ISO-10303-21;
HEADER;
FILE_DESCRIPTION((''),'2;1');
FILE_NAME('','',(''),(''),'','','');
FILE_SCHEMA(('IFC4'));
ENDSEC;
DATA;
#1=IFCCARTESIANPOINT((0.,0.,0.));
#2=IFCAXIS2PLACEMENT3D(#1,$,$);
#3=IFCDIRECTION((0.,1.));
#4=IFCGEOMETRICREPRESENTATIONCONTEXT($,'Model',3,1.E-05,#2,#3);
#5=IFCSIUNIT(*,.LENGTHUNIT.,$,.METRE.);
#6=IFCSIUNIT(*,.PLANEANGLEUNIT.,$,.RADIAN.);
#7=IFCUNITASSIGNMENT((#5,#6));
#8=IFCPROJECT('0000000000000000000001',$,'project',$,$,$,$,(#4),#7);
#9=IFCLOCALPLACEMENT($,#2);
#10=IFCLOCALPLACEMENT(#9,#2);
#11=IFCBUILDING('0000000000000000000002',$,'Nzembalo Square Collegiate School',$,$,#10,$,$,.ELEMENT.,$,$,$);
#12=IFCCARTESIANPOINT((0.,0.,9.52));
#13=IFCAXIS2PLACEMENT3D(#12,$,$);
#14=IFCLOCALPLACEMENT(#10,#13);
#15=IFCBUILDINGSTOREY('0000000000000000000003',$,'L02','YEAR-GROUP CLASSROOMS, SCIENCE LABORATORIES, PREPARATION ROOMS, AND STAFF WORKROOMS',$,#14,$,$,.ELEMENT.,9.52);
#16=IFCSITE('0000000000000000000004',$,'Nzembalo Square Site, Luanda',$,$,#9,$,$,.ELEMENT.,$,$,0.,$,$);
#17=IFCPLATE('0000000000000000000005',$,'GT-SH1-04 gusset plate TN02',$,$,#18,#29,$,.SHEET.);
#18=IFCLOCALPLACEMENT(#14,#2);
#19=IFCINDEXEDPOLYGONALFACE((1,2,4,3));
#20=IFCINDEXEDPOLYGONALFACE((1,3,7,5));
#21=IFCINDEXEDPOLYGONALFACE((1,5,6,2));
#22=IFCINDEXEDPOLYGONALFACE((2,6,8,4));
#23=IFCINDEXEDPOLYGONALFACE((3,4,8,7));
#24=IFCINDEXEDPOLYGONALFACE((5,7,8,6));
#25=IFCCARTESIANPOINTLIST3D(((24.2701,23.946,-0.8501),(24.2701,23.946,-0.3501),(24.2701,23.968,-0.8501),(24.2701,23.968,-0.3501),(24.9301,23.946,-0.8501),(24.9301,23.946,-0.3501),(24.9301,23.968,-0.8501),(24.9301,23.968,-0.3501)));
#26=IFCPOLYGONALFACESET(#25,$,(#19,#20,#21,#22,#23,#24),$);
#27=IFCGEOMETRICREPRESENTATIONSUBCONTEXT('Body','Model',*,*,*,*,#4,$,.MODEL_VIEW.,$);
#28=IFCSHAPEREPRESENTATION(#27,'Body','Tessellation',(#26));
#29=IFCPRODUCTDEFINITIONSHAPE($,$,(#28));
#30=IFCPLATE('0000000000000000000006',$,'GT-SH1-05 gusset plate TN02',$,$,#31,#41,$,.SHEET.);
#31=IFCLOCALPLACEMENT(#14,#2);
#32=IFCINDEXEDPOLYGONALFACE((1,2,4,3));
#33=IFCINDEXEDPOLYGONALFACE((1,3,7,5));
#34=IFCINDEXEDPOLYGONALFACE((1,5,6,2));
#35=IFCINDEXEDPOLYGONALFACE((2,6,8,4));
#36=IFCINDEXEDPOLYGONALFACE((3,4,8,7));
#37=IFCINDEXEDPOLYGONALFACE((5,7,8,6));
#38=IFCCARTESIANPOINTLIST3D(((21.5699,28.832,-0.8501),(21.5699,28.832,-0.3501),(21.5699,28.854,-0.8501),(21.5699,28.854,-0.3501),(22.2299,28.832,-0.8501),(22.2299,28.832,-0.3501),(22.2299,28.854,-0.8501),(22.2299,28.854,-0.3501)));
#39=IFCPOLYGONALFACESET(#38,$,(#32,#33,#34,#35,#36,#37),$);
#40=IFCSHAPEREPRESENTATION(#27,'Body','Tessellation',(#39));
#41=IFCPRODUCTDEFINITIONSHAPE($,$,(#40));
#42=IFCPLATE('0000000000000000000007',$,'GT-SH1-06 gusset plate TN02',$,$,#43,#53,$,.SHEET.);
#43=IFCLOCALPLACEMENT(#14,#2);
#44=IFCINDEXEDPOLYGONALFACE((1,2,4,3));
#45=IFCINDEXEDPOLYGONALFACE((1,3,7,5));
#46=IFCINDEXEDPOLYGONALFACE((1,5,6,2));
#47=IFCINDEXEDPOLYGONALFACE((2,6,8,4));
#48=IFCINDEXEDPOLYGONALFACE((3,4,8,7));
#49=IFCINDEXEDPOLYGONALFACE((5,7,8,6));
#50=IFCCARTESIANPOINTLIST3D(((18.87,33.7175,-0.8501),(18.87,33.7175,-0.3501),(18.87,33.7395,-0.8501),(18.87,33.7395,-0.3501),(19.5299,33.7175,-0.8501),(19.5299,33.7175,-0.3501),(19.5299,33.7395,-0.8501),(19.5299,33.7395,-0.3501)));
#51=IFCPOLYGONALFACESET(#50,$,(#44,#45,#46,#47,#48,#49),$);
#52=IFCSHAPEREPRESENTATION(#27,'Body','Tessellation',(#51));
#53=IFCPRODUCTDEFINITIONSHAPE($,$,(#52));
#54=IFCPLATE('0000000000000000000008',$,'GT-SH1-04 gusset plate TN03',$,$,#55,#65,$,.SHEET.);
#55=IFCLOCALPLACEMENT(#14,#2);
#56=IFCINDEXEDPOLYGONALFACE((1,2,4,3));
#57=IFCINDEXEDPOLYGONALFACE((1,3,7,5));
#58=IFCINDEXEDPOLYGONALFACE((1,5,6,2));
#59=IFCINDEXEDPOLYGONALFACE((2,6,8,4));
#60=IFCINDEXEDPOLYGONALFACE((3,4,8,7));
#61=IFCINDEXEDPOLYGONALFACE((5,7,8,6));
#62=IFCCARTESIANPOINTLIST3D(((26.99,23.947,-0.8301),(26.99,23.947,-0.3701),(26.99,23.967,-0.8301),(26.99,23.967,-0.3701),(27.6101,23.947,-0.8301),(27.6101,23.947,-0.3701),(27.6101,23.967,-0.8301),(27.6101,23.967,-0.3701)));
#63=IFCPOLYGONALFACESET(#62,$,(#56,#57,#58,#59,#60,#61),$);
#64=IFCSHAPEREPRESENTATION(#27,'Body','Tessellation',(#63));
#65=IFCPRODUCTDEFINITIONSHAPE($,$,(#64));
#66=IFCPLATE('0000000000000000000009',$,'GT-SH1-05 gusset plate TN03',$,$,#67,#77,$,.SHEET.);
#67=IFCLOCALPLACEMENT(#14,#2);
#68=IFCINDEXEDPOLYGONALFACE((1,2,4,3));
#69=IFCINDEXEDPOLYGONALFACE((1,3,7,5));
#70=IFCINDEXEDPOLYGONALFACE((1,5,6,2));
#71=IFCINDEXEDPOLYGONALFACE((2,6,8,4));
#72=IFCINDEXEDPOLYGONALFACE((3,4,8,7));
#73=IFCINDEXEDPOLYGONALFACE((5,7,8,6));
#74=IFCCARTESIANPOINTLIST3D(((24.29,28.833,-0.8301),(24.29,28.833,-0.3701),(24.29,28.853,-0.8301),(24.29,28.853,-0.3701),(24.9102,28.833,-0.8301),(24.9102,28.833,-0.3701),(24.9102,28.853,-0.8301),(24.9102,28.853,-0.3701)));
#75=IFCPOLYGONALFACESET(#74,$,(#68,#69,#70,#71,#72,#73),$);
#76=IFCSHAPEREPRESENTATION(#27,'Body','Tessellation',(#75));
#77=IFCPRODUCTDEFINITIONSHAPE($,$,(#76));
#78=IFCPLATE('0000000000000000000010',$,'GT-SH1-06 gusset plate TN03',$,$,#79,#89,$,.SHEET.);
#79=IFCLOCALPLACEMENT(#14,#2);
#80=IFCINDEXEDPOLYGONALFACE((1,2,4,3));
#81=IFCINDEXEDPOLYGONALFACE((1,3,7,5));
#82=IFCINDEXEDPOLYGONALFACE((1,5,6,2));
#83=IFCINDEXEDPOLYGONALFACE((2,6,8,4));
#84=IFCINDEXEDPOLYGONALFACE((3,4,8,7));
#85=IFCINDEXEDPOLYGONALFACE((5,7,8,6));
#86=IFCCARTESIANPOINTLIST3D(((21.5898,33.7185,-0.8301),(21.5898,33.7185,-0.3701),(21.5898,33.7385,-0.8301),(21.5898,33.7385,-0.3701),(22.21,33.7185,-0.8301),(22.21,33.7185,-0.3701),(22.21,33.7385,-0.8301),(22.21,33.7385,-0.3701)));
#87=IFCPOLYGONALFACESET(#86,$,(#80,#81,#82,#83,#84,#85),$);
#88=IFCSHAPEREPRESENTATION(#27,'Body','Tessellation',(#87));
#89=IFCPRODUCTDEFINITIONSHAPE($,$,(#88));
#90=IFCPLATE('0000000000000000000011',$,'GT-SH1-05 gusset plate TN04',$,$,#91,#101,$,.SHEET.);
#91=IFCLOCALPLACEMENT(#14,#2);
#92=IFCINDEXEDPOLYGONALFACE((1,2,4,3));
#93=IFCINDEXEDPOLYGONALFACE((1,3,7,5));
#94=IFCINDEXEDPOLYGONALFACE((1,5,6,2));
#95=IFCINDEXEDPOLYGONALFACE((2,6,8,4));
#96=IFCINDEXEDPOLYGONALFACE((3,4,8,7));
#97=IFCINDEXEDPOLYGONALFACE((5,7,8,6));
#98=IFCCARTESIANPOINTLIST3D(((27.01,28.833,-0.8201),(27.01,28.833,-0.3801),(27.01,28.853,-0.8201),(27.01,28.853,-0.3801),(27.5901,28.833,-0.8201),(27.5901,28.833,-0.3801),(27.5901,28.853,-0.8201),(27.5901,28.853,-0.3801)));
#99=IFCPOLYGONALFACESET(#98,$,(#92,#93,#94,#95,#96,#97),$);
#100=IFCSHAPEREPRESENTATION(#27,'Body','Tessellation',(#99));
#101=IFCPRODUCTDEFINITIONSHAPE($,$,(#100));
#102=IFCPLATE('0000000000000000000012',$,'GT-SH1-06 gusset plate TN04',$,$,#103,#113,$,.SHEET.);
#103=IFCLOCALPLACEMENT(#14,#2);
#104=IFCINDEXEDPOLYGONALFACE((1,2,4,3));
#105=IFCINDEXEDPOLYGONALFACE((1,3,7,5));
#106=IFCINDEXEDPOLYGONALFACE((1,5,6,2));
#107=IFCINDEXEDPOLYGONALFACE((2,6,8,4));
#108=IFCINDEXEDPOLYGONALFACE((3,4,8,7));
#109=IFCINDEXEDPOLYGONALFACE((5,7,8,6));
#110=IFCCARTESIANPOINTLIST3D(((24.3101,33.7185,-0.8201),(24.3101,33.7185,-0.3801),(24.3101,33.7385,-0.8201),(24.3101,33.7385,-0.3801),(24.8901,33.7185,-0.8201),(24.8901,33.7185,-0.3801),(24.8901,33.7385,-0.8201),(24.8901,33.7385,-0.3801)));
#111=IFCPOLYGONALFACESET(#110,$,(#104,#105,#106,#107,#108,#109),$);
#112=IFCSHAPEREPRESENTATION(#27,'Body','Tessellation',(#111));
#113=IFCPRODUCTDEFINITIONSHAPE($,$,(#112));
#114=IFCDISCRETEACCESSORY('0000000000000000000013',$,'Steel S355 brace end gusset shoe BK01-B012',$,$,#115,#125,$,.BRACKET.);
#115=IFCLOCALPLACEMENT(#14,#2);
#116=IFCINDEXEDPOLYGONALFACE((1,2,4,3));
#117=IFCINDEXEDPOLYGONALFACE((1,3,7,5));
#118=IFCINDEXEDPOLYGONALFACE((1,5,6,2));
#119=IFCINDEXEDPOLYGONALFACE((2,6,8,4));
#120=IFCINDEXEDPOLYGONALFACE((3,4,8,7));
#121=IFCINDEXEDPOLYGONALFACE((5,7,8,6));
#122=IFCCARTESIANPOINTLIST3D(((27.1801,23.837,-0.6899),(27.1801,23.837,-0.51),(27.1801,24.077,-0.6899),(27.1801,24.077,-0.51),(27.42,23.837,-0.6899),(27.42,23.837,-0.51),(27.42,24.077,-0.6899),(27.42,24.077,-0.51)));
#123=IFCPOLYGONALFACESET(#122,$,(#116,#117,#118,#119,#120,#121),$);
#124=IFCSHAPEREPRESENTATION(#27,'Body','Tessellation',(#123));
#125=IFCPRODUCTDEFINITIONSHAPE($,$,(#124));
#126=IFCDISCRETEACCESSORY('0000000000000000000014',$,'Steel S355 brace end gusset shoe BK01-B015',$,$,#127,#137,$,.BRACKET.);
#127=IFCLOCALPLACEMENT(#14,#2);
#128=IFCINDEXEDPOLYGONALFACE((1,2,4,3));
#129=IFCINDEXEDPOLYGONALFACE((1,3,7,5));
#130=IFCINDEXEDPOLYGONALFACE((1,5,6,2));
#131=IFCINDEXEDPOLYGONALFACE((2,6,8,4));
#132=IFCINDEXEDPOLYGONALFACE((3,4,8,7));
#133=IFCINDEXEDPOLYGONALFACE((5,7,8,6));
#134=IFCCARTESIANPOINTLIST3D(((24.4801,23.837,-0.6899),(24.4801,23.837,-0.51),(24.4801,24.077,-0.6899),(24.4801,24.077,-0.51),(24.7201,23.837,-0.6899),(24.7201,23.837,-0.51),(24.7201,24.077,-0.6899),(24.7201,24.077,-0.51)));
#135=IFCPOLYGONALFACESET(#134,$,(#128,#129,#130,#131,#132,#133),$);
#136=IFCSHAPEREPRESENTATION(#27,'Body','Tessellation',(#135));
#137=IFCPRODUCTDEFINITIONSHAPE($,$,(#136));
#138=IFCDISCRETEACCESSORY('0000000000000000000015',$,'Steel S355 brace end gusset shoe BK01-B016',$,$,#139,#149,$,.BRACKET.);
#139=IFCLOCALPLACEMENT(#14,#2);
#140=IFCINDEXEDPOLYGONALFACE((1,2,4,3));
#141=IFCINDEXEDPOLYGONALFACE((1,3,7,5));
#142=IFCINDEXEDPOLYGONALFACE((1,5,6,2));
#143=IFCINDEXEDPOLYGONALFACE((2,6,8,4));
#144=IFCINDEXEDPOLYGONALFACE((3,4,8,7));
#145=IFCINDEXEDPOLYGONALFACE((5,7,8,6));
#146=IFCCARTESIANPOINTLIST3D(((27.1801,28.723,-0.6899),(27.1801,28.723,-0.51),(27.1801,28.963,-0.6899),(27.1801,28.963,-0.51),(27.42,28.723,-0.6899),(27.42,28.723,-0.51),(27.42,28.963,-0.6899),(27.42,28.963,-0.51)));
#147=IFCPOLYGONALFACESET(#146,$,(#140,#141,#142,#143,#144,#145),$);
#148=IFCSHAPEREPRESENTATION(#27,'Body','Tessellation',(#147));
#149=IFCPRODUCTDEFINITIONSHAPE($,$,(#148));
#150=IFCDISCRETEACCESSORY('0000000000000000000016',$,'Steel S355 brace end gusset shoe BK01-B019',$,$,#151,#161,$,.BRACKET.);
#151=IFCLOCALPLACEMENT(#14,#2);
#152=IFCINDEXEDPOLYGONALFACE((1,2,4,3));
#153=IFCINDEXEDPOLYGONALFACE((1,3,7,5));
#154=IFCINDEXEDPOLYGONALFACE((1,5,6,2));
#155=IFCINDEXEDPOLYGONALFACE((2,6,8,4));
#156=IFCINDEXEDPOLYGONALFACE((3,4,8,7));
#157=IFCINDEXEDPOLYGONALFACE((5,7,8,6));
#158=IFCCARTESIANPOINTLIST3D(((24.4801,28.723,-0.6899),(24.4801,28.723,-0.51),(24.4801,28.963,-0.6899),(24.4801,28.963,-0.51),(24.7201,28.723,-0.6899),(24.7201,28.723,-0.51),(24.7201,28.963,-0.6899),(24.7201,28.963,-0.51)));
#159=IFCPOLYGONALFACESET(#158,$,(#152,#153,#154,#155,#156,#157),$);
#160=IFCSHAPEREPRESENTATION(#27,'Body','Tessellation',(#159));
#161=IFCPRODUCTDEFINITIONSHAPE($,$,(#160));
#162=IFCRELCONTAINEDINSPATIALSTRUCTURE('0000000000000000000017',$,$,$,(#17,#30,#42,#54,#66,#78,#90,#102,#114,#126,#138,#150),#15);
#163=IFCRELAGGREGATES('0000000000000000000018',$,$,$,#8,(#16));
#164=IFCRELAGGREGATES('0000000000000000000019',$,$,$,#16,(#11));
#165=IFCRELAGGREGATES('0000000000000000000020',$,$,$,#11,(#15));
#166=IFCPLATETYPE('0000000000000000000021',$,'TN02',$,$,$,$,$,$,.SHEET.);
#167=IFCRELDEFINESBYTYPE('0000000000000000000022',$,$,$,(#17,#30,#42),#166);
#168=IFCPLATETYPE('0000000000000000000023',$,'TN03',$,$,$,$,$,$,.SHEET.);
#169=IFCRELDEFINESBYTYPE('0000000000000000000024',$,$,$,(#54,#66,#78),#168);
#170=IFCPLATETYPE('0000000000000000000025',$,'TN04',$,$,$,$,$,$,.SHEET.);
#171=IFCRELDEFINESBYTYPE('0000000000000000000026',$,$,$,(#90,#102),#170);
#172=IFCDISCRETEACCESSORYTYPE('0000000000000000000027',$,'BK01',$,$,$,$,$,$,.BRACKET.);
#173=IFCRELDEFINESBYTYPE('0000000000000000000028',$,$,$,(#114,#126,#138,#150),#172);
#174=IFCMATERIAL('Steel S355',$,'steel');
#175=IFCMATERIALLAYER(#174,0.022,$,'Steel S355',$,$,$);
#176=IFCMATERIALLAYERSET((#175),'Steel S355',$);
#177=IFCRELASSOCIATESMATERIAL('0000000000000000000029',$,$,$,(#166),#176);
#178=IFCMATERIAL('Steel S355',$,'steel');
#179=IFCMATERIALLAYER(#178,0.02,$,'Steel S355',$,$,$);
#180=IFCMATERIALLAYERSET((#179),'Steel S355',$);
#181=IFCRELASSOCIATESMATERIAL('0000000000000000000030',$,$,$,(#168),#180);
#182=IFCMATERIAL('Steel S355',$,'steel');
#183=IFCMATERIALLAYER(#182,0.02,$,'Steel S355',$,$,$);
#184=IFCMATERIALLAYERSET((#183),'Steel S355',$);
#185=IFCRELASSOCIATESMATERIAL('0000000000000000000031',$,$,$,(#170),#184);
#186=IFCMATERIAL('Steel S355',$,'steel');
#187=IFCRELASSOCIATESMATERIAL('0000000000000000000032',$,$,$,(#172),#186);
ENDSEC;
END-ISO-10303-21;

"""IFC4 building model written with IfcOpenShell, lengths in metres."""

from ifc_helpers import new_model, si_unit, direction, frame, origin, origin_2d, place, context, subcontext, project, spatial, rectangle, extrude, material, layer, layer_set, type_object, element, save


model = new_model("IFC4")

# Units and contexts
model_context = context("Model", 3, precision=1e-05, world=origin(), true_north=direction((0.0, 1.0)))
body_context = subcontext(model_context, "Body", "Model", "MODEL_VIEW")
ifc_project = project(units=[si_unit("LENGTHUNIT", "METRE"), si_unit("PLANEANGLEUNIT", "RADIAN")], contexts=[model_context])

# Site, building, storey
site_placement = place(None, origin())
site = spatial("IfcSite", under=ifc_project, at=site_placement, Name="Nzembalo Square Site, Luanda", CompositionType="ELEMENT", RefElevation=0.0)
building_placement = place(site_placement, origin())
building = spatial("IfcBuilding", under=site, at=building_placement, Name="Nzembalo Square Collegiate School", CompositionType="ELEMENT")
storey_placement = place(building_placement, frame((0.0, 0.0, 9.52)))
storey = spatial("IfcBuildingStorey", under=building, at=storey_placement, Name="L02", Description="YEAR-GROUP CLASSROOMS, SCIENCE LABORATORIES, PREPARATION ROOMS, AND STAFF WORKROOMS", CompositionType="ELEMENT", Elevation=9.52)

# Plates
ifc_material_1 = material(Name="Steel S355", Category="steel")
ifc_layer_1 = layer(ifc_material_1, 0.022, Name="Steel S355")
ifc_layer_set_1 = layer_set([ifc_layer_1], Name="Steel S355")
plate_type_1 = type_object("IfcPlateType", Name="TN02", PredefinedType="SHEET", material=ifc_layer_set_1)
for number, where, z_axis, x_axis, name in (
    (1, (24.6001, 23.957, -0.8501), (0.0, 0.0, 1.0), (1.0, 0.0, 0.0), "GT-SH1-04 gusset plate TN02"),
    (2, (21.8999, 28.843, -0.8501), (0.0, 0.0, 1.0), (1.0, 0.0, 0.0), "GT-SH1-05 gusset plate TN02"),
    (3, (19.2, 33.7285, -0.8501), (0.0, 0.0, 1.0), (1.0, 0.0, 0.0), "GT-SH1-06 gusset plate TN02"),
):
    element("IfcPlate", number, at=place(storey_placement, frame(where, z_axis=z_axis, x_axis=x_axis)), inside=storey, type_object=plate_type_1, Name=name, PredefinedType="SHEET", context=body_context, shape_type="SweptSolid", body=[
        extrude(rectangle(XDim=0.6599, YDim=0.022, at=origin_2d()), origin(), (0.0, 0.0, 1.0), 0.5),
    ])
ifc_material_2 = material(Name="Steel S355", Category="steel")
ifc_layer_2 = layer(ifc_material_2, 0.02, Name="Steel S355")
ifc_layer_set_2 = layer_set([ifc_layer_2], Name="Steel S355")
plate_type_2 = type_object("IfcPlateType", Name="TN03", PredefinedType="SHEET", material=ifc_layer_set_2)
for number, where, z_axis, x_axis, name in (
    (4, (27.3, 23.957, -0.8301), (0.0, 0.0, 1.0), (1.0, 0.0, 0.0), "GT-SH1-04 gusset plate TN03"),
    (5, (24.6001, 28.843, -0.8301), (0.0, 0.0, 1.0), (1.0, 0.0, 0.0), "GT-SH1-05 gusset plate TN03"),
    (6, (21.8999, 33.7285, -0.8301), (0.0, 0.0, 1.0), (1.0, 0.0, 0.0), "GT-SH1-06 gusset plate TN03"),
):
    element("IfcPlate", number, at=place(storey_placement, frame(where, z_axis=z_axis, x_axis=x_axis)), inside=storey, type_object=plate_type_2, Name=name, PredefinedType="SHEET", context=body_context, shape_type="SweptSolid", body=[
        extrude(rectangle(XDim=0.6201, YDim=0.02, at=origin_2d()), origin(), (0.0, 0.0, 1.0), 0.46),
    ])
ifc_material_3 = material(Name="Steel S355", Category="steel")
ifc_layer_3 = layer(ifc_material_3, 0.02, Name="Steel S355")
ifc_layer_set_3 = layer_set([ifc_layer_3], Name="Steel S355")
plate_type_3 = type_object("IfcPlateType", Name="TN04", PredefinedType="SHEET", material=ifc_layer_set_3)
for number, where, z_axis, x_axis, name in (
    (7, (27.3, 28.843, -0.8201), (0.0, 0.0, 1.0), (1.0, 0.0, 0.0), "GT-SH1-05 gusset plate TN04"),
    (8, (24.6001, 33.7285, -0.8201), (0.0, 0.0, 1.0), (1.0, 0.0, 0.0), "GT-SH1-06 gusset plate TN04"),
):
    element("IfcPlate", number, at=place(storey_placement, frame(where, z_axis=z_axis, x_axis=x_axis)), inside=storey, type_object=plate_type_3, Name=name, PredefinedType="SHEET", context=body_context, shape_type="SweptSolid", body=[
        extrude(rectangle(XDim=0.5801, YDim=0.02, at=origin_2d()), origin(), (0.0, 0.0, 1.0), 0.4399),
    ])

# Discrete accessories
ifc_material_4 = material(Name="Steel S355", Category="steel")
discrete_accessory_type = type_object("IfcDiscreteAccessoryType", Name="BK01", PredefinedType="BRACKET", material=ifc_material_4)
for number, where, z_axis, x_axis, name in (
    (9, (27.3, 23.957, -0.6899), (0.0, 0.0, 1.0), (1.0, 0.0, 0.0), "Steel S355 brace end gusset shoe BK01-B012"),
    (10, (24.6001, 23.957, -0.6899), (0.0, 0.0, 1.0), (1.0, 0.0, 0.0), "Steel S355 brace end gusset shoe BK01-B015"),
    (11, (27.3, 28.843, -0.6899), (0.0, 0.0, 1.0), (1.0, 0.0, 0.0), "Steel S355 brace end gusset shoe BK01-B016"),
    (12, (24.6001, 28.843, -0.6899), (0.0, 0.0, 1.0), (1.0, 0.0, 0.0), "Steel S355 brace end gusset shoe BK01-B019"),
):
    element("IfcDiscreteAccessory", number, at=place(storey_placement, frame(where, z_axis=z_axis, x_axis=x_axis)), inside=storey, type_object=discrete_accessory_type, Name=name, PredefinedType="BRACKET", context=body_context, shape_type="SweptSolid", body=[
        extrude(rectangle(XDim=0.24, YDim=0.24, at=origin_2d()), origin(), (0.0, 0.0, 1.0), 0.1799),
    ])

save(model, "model.ifc")
